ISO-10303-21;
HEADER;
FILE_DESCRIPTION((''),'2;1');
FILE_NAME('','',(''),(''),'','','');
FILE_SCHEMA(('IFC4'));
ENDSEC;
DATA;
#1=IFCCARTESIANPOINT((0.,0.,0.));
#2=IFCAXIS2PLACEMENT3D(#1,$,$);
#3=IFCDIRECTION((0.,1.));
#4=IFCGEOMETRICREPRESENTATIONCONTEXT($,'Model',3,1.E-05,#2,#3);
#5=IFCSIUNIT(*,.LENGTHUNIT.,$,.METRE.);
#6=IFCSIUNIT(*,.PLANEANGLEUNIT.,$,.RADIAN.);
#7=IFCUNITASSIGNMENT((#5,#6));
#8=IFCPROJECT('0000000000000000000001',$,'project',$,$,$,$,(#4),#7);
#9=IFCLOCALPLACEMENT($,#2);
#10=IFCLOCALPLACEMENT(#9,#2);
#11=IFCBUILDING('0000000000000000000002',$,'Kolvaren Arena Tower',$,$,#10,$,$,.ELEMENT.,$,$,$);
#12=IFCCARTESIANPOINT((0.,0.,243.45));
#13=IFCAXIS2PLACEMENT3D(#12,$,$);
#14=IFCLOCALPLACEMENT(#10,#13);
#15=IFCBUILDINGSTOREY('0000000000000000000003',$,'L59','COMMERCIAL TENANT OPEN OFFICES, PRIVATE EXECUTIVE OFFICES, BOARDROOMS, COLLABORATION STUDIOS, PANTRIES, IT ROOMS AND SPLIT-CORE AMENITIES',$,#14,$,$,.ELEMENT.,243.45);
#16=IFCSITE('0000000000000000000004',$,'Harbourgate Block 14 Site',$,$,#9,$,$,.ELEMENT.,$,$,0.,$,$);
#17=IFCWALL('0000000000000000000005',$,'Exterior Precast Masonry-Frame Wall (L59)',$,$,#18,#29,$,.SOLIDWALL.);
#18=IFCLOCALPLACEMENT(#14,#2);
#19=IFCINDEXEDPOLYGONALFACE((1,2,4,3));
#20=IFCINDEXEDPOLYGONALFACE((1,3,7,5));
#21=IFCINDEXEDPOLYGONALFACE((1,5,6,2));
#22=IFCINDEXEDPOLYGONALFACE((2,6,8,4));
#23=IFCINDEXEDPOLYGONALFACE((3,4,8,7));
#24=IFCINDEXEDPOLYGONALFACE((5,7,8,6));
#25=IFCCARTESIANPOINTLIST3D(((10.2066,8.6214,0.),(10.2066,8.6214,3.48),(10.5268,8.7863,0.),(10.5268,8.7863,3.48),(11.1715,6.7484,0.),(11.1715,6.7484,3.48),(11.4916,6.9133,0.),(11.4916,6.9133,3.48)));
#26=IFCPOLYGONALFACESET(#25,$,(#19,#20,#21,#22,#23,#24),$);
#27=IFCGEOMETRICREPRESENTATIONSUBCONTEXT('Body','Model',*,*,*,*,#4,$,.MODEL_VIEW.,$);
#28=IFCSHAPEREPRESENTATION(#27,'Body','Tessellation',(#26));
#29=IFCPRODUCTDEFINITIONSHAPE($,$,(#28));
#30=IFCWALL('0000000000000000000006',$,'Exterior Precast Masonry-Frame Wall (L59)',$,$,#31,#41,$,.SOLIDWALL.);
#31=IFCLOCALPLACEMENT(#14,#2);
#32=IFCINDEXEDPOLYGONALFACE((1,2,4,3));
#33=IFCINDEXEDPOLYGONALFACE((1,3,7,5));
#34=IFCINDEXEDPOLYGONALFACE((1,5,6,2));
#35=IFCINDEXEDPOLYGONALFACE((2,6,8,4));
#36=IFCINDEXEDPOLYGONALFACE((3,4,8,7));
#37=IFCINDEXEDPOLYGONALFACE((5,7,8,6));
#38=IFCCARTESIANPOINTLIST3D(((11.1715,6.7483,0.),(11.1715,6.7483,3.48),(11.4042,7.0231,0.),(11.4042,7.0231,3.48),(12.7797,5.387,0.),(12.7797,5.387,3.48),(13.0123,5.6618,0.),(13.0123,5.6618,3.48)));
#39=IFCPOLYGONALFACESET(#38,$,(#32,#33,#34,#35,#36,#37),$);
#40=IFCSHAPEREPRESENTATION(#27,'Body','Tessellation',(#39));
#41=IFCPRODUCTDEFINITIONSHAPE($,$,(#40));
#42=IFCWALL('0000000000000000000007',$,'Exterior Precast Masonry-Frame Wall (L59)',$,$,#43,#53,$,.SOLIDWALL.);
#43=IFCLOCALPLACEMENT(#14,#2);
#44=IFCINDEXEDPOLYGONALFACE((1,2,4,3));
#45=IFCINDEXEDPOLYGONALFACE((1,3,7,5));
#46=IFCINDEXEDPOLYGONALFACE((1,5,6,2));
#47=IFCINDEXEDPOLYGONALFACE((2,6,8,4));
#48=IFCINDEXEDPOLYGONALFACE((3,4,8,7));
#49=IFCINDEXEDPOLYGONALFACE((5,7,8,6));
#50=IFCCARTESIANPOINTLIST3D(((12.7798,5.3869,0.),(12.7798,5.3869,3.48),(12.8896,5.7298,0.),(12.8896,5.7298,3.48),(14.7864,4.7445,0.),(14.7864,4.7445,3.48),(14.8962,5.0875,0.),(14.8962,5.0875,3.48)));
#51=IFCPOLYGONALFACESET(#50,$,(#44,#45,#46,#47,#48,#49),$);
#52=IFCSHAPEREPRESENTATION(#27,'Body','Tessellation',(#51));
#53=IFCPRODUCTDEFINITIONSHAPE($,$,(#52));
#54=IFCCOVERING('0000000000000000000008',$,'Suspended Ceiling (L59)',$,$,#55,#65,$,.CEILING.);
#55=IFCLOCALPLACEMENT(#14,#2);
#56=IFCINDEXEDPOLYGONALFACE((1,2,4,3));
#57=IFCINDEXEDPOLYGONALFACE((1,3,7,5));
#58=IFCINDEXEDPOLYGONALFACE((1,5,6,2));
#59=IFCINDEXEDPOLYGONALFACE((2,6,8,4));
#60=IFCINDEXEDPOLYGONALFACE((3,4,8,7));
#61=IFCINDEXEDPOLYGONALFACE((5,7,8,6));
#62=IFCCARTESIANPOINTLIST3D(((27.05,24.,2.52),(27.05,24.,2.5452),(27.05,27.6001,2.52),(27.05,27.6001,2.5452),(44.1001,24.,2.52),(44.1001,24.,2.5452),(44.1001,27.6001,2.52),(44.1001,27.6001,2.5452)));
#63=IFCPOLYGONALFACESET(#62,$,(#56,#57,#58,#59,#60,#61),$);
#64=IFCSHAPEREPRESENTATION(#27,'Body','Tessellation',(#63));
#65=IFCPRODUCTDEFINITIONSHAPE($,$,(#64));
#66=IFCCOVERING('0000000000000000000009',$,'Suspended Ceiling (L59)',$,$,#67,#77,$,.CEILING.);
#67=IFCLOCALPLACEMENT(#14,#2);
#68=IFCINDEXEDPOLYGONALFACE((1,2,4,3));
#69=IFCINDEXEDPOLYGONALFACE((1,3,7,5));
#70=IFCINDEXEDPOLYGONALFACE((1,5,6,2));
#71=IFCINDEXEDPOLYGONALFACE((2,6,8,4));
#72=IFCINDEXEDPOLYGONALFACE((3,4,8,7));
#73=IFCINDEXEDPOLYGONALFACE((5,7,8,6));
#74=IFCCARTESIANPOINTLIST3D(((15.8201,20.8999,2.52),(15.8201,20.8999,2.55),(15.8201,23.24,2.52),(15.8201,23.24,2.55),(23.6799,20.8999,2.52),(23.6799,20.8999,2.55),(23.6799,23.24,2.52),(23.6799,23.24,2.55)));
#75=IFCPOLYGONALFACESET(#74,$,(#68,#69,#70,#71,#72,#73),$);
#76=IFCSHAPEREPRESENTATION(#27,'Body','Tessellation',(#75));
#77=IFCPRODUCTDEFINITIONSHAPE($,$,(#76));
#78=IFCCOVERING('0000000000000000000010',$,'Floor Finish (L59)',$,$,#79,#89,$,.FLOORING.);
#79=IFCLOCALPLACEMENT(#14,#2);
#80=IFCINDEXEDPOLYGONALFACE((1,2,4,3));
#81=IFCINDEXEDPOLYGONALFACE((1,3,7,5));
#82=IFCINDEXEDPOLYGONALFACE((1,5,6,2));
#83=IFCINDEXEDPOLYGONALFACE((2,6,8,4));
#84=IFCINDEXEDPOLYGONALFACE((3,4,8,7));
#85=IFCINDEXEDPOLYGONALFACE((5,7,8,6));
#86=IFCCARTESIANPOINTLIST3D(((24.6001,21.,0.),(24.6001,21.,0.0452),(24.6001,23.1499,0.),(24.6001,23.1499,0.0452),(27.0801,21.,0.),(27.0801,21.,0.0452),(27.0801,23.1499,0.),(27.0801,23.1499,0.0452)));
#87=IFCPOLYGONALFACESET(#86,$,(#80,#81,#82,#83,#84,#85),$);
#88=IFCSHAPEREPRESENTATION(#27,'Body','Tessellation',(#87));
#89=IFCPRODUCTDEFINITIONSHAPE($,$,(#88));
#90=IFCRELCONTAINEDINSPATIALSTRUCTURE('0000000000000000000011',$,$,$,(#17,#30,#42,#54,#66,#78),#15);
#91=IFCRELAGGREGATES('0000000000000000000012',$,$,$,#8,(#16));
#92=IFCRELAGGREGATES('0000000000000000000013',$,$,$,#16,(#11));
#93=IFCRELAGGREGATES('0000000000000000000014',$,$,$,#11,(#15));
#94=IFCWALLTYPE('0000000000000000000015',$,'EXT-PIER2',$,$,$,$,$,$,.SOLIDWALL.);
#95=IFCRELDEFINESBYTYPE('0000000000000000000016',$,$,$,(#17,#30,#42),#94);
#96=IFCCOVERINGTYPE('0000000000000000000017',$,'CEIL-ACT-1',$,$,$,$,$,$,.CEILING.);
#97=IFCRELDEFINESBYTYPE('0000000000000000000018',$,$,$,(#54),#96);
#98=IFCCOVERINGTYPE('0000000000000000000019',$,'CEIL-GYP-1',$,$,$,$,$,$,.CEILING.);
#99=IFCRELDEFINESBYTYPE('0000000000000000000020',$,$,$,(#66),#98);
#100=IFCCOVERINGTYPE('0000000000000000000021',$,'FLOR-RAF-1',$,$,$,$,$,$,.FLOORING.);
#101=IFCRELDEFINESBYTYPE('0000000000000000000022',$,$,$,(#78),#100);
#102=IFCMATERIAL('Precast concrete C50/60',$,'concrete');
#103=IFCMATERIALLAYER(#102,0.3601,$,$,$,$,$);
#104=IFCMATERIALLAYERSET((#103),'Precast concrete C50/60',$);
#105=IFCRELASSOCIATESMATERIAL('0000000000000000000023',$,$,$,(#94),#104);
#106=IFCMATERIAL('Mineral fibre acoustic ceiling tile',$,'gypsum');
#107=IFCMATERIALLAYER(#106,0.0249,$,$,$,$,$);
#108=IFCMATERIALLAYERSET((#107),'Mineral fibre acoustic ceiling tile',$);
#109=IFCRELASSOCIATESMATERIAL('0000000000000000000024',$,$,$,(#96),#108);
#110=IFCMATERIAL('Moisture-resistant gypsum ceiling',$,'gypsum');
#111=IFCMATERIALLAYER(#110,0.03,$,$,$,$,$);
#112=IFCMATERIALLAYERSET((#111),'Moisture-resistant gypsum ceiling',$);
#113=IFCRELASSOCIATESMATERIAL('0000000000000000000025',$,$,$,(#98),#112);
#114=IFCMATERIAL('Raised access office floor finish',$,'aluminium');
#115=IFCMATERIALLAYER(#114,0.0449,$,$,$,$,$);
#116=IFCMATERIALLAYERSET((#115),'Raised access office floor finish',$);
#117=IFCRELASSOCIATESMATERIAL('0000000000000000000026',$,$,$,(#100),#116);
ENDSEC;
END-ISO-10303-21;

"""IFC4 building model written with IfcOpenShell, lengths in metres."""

from ifc_helpers import new_model, si_unit, direction, frame, frame_2d, origin, place, context, subcontext, project, spatial, polyline, rectangle, outline, extrude, material, layer, layer_set, type_object, element, save


model = new_model("IFC4")

# Units and contexts
model_context = context("Model", 3, precision=1e-05, world=origin(), true_north=direction((0.0, 1.0)))
body_context = subcontext(model_context, "Body", "Model", "MODEL_VIEW")
ifc_project = project(units=[si_unit("LENGTHUNIT", "METRE"), si_unit("PLANEANGLEUNIT", "RADIAN")], contexts=[model_context])

# Site, building, storey
site_placement = place(None, origin())
site = spatial("IfcSite", under=ifc_project, at=site_placement, Name="Harbourgate Block 14 Site", CompositionType="ELEMENT", RefElevation=0.0)
building_placement = place(site_placement, origin())
building = spatial("IfcBuilding", under=site, at=building_placement, Name="Kolvaren Arena Tower", CompositionType="ELEMENT")
storey_placement = place(building_placement, frame((0.0, 0.0, 243.45)))
storey = spatial("IfcBuildingStorey", under=building, at=storey_placement, Name="L59", Description="COMMERCIAL TENANT OPEN OFFICES, PRIVATE EXECUTIVE OFFICES, BOARDROOMS, COLLABORATION STUDIOS, PANTRIES, IT ROOMS AND SPLIT-CORE AMENITIES", CompositionType="ELEMENT", Elevation=243.45)

# Shared definitions
ifc_material_1 = material(Name="Precast concrete C50/60", Category="concrete")
ifc_layer_1 = layer(ifc_material_1, 0.3601)
ifc_layer_set_1 = layer_set([ifc_layer_1], Name="Precast concrete C50/60")
wall_type = type_object("IfcWallType", Name="EXT-PIER2", PredefinedType="SOLIDWALL", material=ifc_layer_set_1)

# Walls
for number, where, z_axis, x_axis, name in (
    (1, (11.3315, 6.8308, 0.0), (0.0, 0.0, 1.0), (-0.457934, 0.888986, 0.0), "Exterior Precast Masonry-Frame Wall (L59)"),
    (2, (12.896, 5.5244, 0.0), (0.0, 0.0, 1.0), (-0.76325, 0.646103, 0.0), "Exterior Precast Masonry-Frame Wall (L59)"),
    (3, (14.8413, 4.916, 0.0), (0.0, 0.0, 1.0), (-0.952393, 0.304872, 0.0), "Exterior Precast Masonry-Frame Wall (L59)"),
):
    element("IfcWall", number, at=place(storey_placement, frame(where, z_axis=z_axis, x_axis=x_axis)), inside=storey, type_object=wall_type, Name=name, PredefinedType="SOLIDWALL", context=body_context, shape_type="SweptSolid", body=[
        extrude(rectangle(XDim=2.1069, YDim=0.3601, at=frame_2d((1.0535, 0.0))), origin(), (0.0, 0.0, 1.0), 3.48),
    ])

# Coverings
ifc_material_2 = material(Name="Mineral fibre acoustic ceiling tile", Category="gypsum")
ifc_layer_2 = layer(ifc_material_2, 0.0249)
ifc_layer_set_2 = layer_set([ifc_layer_2], Name="Mineral fibre acoustic ceiling tile")
covering_type_1 = type_object("IfcCoveringType", Name="CEIL-ACT-1", PredefinedType="CEILING", material=ifc_layer_set_2)
covering_1_placement = place(storey_placement, frame((0.0, 0.0, 2.52)))
element("IfcCovering", 4, at=covering_1_placement, inside=storey, type_object=covering_type_1, Name="Suspended Ceiling (L59)", PredefinedType="CEILING", context=body_context, shape_type="SweptSolid", body=[
    extrude(outline(polyline([(27.05, 24.0), (27.05, 27.6001), (44.1001, 27.6001), (44.1001, 24.0), (27.05, 24.0)])), origin(), (0.0, 0.0, 1.0), 0.0251),
])
ifc_material_3 = material(Name="Moisture-resistant gypsum ceiling", Category="gypsum")
ifc_layer_3 = layer(ifc_material_3, 0.03)
ifc_layer_set_3 = layer_set([ifc_layer_3], Name="Moisture-resistant gypsum ceiling")
covering_type_2 = type_object("IfcCoveringType", Name="CEIL-GYP-1", PredefinedType="CEILING", material=ifc_layer_set_3)
covering_2_placement = place(storey_placement, frame((0.0, 0.0, 2.52)))
element("IfcCovering", 5, at=covering_2_placement, inside=storey, type_object=covering_type_2, Name="Suspended Ceiling (L59)", PredefinedType="CEILING", context=body_context, shape_type="SweptSolid", body=[
    extrude(outline(polyline([(15.8201, 20.8999), (15.8201, 23.24), (23.6799, 23.24), (23.6799, 20.8999), (15.8201, 20.8999)])), origin(), (0.0, 0.0, 1.0), 0.03),
])
ifc_material_4 = material(Name="Raised access office floor finish", Category="aluminium")
ifc_layer_4 = layer(ifc_material_4, 0.0449)
ifc_layer_set_4 = layer_set([ifc_layer_4], Name="Raised access office floor finish")
covering_type_3 = type_object("IfcCoveringType", Name="FLOR-RAF-1", PredefinedType="FLOORING", material=ifc_layer_set_4)
covering_3_placement = place(storey_placement, origin())
element("IfcCovering", 6, at=covering_3_placement, inside=storey, type_object=covering_type_3, Name="Floor Finish (L59)", PredefinedType="FLOORING", context=body_context, shape_type="SweptSolid", body=[
    extrude(outline(polyline([(24.6001, 21.0), (24.6001, 23.1499), (27.0801, 23.1499), (27.0801, 21.0), (24.6001, 21.0)])), origin(), (0.0, 0.0, 1.0), 0.0452),
])

save(model, "model.ifc")
